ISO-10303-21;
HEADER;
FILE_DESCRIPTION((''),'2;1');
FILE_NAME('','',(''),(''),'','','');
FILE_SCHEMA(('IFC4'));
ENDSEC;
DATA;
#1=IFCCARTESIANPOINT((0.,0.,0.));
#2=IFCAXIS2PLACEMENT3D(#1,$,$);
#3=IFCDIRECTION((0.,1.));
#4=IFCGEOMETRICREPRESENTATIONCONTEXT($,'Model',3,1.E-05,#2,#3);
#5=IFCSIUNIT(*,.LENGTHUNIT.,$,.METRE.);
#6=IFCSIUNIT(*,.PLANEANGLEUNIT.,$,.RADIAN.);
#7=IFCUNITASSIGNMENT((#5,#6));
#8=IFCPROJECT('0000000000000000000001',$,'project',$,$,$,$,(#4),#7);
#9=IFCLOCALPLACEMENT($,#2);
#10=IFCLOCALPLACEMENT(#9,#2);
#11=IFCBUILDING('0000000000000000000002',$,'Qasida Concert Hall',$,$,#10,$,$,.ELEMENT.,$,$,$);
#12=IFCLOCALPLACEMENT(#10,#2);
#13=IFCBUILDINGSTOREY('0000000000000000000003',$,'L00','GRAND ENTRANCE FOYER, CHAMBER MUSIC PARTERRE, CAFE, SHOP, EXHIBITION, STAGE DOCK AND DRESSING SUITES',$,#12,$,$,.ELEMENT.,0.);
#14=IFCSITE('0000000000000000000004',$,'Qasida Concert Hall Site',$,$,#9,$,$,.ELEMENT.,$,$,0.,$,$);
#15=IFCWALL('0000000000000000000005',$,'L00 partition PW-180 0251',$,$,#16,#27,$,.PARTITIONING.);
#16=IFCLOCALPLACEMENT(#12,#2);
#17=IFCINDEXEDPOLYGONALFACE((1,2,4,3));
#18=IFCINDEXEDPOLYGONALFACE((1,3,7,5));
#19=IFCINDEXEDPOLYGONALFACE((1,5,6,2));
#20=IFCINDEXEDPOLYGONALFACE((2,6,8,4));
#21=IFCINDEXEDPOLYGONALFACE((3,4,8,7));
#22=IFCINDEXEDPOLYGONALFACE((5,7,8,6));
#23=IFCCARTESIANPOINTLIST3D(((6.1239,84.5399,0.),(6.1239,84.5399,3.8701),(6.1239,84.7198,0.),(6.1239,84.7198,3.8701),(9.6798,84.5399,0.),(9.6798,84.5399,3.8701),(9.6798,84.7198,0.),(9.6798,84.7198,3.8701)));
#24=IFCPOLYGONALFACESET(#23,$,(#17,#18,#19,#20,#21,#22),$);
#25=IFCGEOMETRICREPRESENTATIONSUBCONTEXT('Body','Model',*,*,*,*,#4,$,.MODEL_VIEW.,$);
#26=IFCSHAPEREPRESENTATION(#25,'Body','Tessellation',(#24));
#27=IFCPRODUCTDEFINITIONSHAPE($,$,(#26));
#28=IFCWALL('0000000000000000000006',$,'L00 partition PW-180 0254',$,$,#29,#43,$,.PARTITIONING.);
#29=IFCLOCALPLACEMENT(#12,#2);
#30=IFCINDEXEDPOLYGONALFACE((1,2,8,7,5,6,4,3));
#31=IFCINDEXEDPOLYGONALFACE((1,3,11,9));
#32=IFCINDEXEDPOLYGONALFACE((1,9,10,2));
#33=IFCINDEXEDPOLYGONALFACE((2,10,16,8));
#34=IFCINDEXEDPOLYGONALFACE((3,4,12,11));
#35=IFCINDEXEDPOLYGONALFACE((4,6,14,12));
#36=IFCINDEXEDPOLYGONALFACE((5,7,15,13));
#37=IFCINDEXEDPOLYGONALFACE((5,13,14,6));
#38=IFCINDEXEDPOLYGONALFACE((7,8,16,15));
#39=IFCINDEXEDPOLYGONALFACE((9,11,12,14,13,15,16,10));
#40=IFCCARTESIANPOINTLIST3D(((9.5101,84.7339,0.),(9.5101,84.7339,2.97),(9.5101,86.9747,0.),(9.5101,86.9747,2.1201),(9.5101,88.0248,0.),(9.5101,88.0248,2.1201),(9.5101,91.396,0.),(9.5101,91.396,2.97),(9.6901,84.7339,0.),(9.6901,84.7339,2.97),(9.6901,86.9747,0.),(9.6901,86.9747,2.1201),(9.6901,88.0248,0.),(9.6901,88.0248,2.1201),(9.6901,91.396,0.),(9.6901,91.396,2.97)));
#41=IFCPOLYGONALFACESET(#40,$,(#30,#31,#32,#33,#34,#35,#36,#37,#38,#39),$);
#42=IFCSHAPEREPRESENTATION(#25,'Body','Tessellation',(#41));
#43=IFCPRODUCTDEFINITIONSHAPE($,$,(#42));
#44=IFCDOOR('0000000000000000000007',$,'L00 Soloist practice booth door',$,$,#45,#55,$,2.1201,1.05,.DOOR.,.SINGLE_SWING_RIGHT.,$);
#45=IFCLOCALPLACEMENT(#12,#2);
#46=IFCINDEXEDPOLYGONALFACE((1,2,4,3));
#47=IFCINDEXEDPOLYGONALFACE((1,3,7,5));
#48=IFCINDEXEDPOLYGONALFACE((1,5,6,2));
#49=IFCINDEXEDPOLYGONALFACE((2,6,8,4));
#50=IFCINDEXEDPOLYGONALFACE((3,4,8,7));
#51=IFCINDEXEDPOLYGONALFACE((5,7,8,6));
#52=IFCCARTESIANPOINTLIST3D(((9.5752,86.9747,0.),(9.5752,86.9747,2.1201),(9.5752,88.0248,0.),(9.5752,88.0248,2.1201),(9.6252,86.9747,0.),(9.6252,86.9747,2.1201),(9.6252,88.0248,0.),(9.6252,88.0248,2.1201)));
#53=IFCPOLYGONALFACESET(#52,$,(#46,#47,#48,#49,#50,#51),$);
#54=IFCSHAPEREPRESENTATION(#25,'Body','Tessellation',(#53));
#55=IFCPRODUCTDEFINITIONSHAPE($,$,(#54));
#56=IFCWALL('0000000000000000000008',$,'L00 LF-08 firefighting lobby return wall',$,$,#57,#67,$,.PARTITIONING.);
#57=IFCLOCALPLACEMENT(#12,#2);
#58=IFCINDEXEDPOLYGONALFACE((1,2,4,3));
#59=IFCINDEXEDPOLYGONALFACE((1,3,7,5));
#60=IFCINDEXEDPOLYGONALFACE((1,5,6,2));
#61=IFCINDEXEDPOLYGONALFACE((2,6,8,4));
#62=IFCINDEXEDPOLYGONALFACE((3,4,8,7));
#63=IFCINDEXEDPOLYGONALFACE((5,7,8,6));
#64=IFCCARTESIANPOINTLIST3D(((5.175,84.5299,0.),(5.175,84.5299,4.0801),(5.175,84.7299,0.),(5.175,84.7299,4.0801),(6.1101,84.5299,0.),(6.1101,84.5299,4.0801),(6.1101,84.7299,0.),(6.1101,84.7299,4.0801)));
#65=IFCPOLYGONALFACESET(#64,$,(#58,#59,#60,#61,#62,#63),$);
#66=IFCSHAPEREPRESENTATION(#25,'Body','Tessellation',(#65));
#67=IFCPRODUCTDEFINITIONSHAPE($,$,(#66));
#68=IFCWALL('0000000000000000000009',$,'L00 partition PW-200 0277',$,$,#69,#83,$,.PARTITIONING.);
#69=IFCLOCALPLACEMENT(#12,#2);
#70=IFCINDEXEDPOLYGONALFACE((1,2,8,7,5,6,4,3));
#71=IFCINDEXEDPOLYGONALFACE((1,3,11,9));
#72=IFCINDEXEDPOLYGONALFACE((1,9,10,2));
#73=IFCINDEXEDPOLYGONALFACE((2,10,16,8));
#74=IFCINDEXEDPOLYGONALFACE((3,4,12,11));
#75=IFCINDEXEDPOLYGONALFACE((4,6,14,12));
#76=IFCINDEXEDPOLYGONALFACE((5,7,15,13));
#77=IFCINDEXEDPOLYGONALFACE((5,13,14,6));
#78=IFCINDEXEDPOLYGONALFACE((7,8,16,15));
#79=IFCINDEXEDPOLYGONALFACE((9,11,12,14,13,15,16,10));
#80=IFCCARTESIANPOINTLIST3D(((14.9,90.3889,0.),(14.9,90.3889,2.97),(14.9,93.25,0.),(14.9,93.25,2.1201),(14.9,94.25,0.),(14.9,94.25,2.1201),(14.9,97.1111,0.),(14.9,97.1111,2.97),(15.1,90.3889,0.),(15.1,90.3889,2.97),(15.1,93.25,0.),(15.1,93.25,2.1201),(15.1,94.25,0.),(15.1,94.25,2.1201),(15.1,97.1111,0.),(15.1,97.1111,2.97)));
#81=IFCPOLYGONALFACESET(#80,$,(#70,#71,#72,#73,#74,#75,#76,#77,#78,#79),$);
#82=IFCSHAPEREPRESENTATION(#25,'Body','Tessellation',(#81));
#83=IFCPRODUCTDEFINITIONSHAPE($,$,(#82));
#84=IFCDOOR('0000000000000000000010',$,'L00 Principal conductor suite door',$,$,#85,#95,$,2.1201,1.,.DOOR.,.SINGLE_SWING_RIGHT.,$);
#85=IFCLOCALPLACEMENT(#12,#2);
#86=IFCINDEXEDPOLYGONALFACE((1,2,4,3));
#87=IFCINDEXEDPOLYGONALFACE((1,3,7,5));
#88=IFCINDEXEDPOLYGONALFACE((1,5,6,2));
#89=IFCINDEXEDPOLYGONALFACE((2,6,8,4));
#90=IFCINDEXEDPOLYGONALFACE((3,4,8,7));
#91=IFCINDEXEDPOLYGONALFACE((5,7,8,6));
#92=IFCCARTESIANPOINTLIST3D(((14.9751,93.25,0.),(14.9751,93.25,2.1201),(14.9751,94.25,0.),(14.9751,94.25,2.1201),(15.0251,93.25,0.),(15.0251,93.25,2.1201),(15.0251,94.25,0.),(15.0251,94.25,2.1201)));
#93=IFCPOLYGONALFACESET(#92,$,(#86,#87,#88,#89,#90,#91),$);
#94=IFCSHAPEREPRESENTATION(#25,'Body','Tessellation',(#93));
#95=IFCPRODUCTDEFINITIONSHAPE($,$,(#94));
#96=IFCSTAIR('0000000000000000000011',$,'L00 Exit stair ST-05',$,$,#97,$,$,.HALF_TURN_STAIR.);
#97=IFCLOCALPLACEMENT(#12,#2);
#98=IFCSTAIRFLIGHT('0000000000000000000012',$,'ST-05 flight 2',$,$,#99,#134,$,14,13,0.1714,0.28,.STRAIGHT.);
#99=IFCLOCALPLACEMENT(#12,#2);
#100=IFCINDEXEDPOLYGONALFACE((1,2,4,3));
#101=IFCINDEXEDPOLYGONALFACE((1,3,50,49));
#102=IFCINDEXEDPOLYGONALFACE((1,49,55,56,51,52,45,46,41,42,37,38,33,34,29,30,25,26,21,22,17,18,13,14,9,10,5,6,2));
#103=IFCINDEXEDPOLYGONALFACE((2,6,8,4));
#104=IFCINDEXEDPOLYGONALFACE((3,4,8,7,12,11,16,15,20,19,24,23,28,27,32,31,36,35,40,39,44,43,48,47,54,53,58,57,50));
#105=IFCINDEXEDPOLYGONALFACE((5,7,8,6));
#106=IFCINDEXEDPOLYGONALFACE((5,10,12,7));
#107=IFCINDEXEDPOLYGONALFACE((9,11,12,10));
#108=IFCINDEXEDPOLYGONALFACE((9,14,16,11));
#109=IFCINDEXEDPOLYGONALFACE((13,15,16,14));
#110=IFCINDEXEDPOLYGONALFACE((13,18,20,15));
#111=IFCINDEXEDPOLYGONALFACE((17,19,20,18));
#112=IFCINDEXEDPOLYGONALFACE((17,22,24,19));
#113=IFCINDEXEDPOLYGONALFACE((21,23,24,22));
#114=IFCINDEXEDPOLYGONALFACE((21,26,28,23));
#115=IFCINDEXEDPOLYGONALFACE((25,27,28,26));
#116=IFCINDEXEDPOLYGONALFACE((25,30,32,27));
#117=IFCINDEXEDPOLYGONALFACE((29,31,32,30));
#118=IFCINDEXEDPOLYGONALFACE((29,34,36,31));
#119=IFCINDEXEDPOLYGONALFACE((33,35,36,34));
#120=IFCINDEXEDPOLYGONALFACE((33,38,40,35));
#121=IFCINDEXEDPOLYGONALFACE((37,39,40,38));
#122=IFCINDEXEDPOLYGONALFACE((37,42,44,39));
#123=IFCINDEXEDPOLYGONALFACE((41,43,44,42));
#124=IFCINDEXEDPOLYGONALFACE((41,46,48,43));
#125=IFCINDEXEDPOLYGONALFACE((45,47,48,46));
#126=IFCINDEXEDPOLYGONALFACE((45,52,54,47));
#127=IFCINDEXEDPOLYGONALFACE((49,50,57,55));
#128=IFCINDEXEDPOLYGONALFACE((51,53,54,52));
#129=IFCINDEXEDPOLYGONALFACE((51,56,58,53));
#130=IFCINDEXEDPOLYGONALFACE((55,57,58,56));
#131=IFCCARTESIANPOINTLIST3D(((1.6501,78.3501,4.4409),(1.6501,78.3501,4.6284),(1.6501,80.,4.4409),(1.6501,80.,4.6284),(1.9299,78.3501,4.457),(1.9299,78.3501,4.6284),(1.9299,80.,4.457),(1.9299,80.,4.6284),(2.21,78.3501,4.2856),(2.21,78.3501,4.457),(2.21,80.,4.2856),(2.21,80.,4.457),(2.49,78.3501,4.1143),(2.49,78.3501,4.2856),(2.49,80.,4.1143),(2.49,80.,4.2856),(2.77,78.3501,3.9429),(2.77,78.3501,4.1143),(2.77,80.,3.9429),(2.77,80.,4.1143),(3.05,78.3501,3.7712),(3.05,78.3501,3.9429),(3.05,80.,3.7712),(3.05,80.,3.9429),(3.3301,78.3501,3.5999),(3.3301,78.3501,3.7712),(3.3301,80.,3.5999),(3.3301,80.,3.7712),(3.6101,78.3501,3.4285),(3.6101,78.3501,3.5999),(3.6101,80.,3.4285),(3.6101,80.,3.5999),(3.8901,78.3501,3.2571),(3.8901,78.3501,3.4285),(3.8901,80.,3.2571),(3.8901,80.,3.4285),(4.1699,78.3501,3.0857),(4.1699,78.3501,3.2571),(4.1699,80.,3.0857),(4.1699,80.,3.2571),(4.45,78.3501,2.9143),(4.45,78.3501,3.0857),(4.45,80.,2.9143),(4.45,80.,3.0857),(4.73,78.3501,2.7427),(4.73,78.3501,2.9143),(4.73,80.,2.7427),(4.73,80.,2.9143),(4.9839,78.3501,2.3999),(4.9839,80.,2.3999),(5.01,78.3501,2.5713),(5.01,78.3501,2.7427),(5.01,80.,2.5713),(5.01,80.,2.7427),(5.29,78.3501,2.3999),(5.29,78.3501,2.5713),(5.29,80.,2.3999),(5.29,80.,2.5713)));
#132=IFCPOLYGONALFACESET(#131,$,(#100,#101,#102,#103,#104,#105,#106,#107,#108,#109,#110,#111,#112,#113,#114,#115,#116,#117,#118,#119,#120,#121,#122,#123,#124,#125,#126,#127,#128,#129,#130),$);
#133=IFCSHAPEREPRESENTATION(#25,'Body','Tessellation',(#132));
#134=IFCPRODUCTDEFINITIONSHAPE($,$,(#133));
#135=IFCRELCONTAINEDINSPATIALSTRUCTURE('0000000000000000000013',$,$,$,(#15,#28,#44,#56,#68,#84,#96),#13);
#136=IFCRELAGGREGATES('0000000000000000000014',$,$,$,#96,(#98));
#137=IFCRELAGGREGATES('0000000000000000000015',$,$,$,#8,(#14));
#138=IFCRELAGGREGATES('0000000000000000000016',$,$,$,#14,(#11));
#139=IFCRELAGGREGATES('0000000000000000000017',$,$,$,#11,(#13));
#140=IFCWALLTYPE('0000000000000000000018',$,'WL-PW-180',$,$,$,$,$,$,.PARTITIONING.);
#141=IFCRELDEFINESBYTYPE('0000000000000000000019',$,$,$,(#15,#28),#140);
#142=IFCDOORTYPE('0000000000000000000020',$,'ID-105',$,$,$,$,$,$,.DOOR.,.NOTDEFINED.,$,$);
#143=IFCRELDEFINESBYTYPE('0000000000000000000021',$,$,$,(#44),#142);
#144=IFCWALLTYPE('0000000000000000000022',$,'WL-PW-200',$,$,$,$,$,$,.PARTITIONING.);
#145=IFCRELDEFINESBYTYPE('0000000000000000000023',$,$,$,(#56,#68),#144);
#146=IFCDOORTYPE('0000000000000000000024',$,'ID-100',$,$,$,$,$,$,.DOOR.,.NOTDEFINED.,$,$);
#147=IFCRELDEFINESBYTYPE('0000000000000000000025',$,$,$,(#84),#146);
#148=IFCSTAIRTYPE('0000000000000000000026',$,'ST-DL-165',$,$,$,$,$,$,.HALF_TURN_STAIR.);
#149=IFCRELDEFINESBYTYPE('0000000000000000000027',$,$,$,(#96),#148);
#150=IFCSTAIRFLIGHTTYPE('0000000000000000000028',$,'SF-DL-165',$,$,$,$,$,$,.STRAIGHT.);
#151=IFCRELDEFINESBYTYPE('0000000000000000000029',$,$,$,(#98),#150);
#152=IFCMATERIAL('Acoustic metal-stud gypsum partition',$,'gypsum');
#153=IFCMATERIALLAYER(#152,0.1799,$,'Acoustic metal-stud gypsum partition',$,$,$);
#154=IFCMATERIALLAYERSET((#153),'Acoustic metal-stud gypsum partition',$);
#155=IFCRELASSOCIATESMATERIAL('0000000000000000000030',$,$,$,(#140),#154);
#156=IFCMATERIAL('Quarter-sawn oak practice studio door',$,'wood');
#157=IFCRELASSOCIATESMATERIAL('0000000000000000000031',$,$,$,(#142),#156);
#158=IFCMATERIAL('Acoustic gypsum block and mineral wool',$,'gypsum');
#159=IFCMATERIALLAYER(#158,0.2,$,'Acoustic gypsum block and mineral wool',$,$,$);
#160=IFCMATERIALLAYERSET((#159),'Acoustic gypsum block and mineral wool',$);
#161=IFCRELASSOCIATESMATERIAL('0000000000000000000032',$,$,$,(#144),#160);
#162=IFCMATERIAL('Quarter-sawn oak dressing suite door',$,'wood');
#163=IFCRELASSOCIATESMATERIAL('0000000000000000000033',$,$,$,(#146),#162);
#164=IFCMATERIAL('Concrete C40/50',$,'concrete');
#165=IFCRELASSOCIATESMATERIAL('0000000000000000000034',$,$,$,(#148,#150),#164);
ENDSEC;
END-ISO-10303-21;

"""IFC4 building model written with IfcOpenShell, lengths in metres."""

from ifc_helpers import new_model, si_unit, direction, frame, frame_2d, origin, place, context, subcontext, project, spatial, polyline, rectangle, outline, extrude, material, layer, layer_set, type_object, element, fill, aggregate, save


model = new_model("IFC4")

# Units and contexts
model_context = context("Model", 3, precision=1e-05, world=origin(), true_north=direction((0.0, 1.0)))
body_context = subcontext(model_context, "Body", "Model", "MODEL_VIEW")
ifc_project = project(units=[si_unit("LENGTHUNIT", "METRE"), si_unit("PLANEANGLEUNIT", "RADIAN")], contexts=[model_context])

# Site, building, storey
site_placement = place(None, origin())
site = spatial("IfcSite", under=ifc_project, at=site_placement, Name="Qasida Concert Hall Site", CompositionType="ELEMENT", RefElevation=0.0)
building_placement = place(site_placement, origin())
building = spatial("IfcBuilding", under=site, at=building_placement, Name="Qasida Concert Hall", CompositionType="ELEMENT")
storey_placement = place(building_placement, origin())
storey = spatial("IfcBuildingStorey", under=building, at=storey_placement, Name="L00", Description="GRAND ENTRANCE FOYER, CHAMBER MUSIC PARTERRE, CAFE, SHOP, EXHIBITION, STAGE DOCK AND DRESSING SUITES", CompositionType="ELEMENT", Elevation=0.0)

# Shared definitions
ifc_material_1 = material(Name="Concrete C40/50", Category="concrete")

# Wall
ifc_material_2 = material(Name="Acoustic metal-stud gypsum partition", Category="gypsum")
ifc_layer_1 = layer(ifc_material_2, 0.1799, Name="Acoustic metal-stud gypsum partition")
ifc_layer_set_1 = layer_set([ifc_layer_1], Name="Acoustic metal-stud gypsum partition")
wall_type_1 = type_object("IfcWallType", Name="WL-PW-180", PredefinedType="PARTITIONING", material=ifc_layer_set_1)
wall_1_placement = place(storey_placement, frame((6.124, 84.6299, 0.0), z_axis=(0.0, 0.0, 1.0), x_axis=(1.0, 0.0, 0.0)))
element("IfcWall", 1, at=wall_1_placement, inside=storey, type_object=wall_type_1, Name="L00 partition PW-180 0251", PredefinedType="PARTITIONING", context=body_context, shape_type="SweptSolid", body=[
    extrude(rectangle(XDim=3.5559, YDim=0.1799, at=frame_2d((1.7778, 0.0))), origin(), (0.0, 0.0, 1.0), 3.8701),
])

# Wall, opening, door
wall_2_placement = place(storey_placement, frame((9.6001, 84.7339, 0.0), z_axis=(0.0, 0.0, 1.0), x_axis=(0.0, 1.0, 0.0)))
wall_2 = element("IfcWall", 2, at=wall_2_placement, inside=storey, type_object=wall_type_1, Name="L00 partition PW-180 0254", PredefinedType="PARTITIONING", context=body_context, shape_type="SweptSolid", body=[
    extrude(rectangle(XDim=6.6621, YDim=0.1799, at=frame_2d((3.3311, 0.0))), origin(), (0.0, 0.0, 1.0), 2.97),
])
opening_1_placement = place(wall_2_placement, frame((2.241, 0.0, 0.0)))
opening_1 = element("IfcOpeningElement", 3, at=opening_1_placement, cuts=wall_2, PredefinedType="OPENING", context=body_context, shape_type="SweptSolid", body=[
    extrude(rectangle(XDim=1.05, YDim=2.1201, at=frame_2d((0.5249, 1.0601))), frame((0.0, 0.0999, 0.0), z_axis=(0.0, -1.0, 0.0), x_axis=(1.0, 0.0, 0.0)), (0.0, 0.0, 1.0), 0.2),
])
ifc_material_3 = material(Name="Quarter-sawn oak practice studio door", Category="wood")
door_type_1 = type_object("IfcDoorType", Name="ID-105", OperationType="NOTDEFINED", PredefinedType="DOOR", material=ifc_material_3)
door_1_placement = place(opening_1_placement, origin())
door_1 = element("IfcDoor", 4, at=door_1_placement, inside=storey, type_object=door_type_1, Name="L00 Soloist practice booth door", OperationType="SINGLE_SWING_RIGHT", OverallHeight=2.1201, OverallWidth=1.05, PredefinedType="DOOR", context=body_context, shape_type="SweptSolid", body=[
    extrude(rectangle(XDim=1.05, YDim=2.1201, at=frame_2d((0.5249, 1.0601))), frame((0.0, 0.0249, 0.0), z_axis=(0.0, -1.0, 0.0), x_axis=(1.0, 0.0, 0.0)), (0.0, 0.0, 1.0), 0.05),
])
fill(opening_1, door_1)

# Wall
ifc_material_4 = material(Name="Acoustic gypsum block and mineral wool", Category="gypsum")
ifc_layer_2 = layer(ifc_material_4, 0.2, Name="Acoustic gypsum block and mineral wool")
ifc_layer_set_2 = layer_set([ifc_layer_2], Name="Acoustic gypsum block and mineral wool")
wall_type_2 = type_object("IfcWallType", Name="WL-PW-200", PredefinedType="PARTITIONING", material=ifc_layer_set_2)
wall_3_placement = place(storey_placement, frame((5.175, 84.6299, 0.0), z_axis=(0.0, 0.0, 1.0), x_axis=(1.0, 0.0, 0.0)))
element("IfcWall", 5, at=wall_3_placement, inside=storey, type_object=wall_type_2, Name="L00 LF-08 firefighting lobby return wall", PredefinedType="PARTITIONING", context=body_context, shape_type="SweptSolid", body=[
    extrude(rectangle(XDim=0.9351, YDim=0.2, at=frame_2d((0.4675, 0.0))), origin(), (0.0, 0.0, 1.0), 4.0801),
])

# Wall, opening, door
wall_4_placement = place(storey_placement, frame((15.0, 90.3889, 0.0), z_axis=(0.0, 0.0, 1.0), x_axis=(0.0, 1.0, 0.0)))
wall_4 = element("IfcWall", 6, at=wall_4_placement, inside=storey, type_object=wall_type_2, Name="L00 partition PW-200 0277", PredefinedType="PARTITIONING", context=body_context, shape_type="SweptSolid", body=[
    extrude(rectangle(XDim=6.7222, YDim=0.2, at=frame_2d((3.3611, 0.0))), origin(), (0.0, 0.0, 1.0), 2.97),
])
opening_2_placement = place(wall_4_placement, frame((2.8611, 0.0, 0.0)))
opening_2 = element("IfcOpeningElement", 7, at=opening_2_placement, cuts=wall_4, PredefinedType="OPENING", context=body_context, shape_type="SweptSolid", body=[
    extrude(rectangle(XDim=1.0, YDim=2.1201, at=frame_2d((0.5, 1.0601))), frame((0.0, 0.1099, 0.0), z_axis=(0.0, -1.0, 0.0), x_axis=(1.0, 0.0, 0.0)), (0.0, 0.0, 1.0), 0.22),
])
ifc_material_5 = material(Name="Quarter-sawn oak dressing suite door", Category="wood")
door_type_2 = type_object("IfcDoorType", Name="ID-100", OperationType="NOTDEFINED", PredefinedType="DOOR", material=ifc_material_5)
door_2_placement = place(opening_2_placement, origin())
door_2 = element("IfcDoor", 8, at=door_2_placement, inside=storey, type_object=door_type_2, Name="L00 Principal conductor suite door", OperationType="SINGLE_SWING_RIGHT", OverallHeight=2.1201, OverallWidth=1.0, PredefinedType="DOOR", context=body_context, shape_type="SweptSolid", body=[
    extrude(rectangle(XDim=1.0, YDim=2.1201, at=frame_2d((0.5, 1.0601))), frame((0.0, 0.0249, 0.0), z_axis=(0.0, -1.0, 0.0), x_axis=(1.0, 0.0, 0.0)), (0.0, 0.0, 1.0), 0.05),
])
fill(opening_2, door_2)

# Stair, stair flight
stair_type = type_object("IfcStairType", Name="ST-DL-165", PredefinedType="HALF_TURN_STAIR", material=ifc_material_1)
stair_placement = place(storey_placement, origin())
stair = element("IfcStair", 9, at=stair_placement, inside=storey, type_object=stair_type, Name="L00 Exit stair ST-05", PredefinedType="HALF_TURN_STAIR")
stair_flight_type = type_object("IfcStairFlightType", Name="SF-DL-165", PredefinedType="STRAIGHT", material=ifc_material_1)
stair_flight_placement = place(storey_placement, frame((5.29, 79.175, 2.3999), z_axis=(0.0, 0.0, 1.0), x_axis=(-1.0, 0.0, 0.0)))
stair_flight = element("IfcStairFlight", 10, at=stair_flight_placement, type_object=stair_flight_type, Name="ST-05 flight 2", NumberOfRisers=14, NumberOfTreads=13, PredefinedType="STRAIGHT", RiserHeight=0.1714, TreadLength=0.28, context=body_context, shape_type="SweptSolid", body=[
    extrude(outline(polyline([(0.0, 0.0), (0.0, 0.1714), (0.28, 0.1714), (0.28, 0.3428), (0.5601, 0.3428), (0.5601, 0.5144), (0.8401, 0.5144), (0.8401, 0.6858), (1.1201, 0.6858), (1.1201, 0.8572), (1.3999, 0.8572), (1.3999, 1.0286), (1.6799, 1.0286), (1.6799, 1.2), (1.96, 1.2), (1.96, 1.3713), (2.24, 1.3713), (2.24, 1.543), (2.52, 1.543), (2.52, 1.7144), (2.8, 1.7144), (2.8, 1.8857), (3.0801, 1.8857), (3.0801, 2.0571), (3.3601, 2.0571), (3.3601, 2.2285), (3.6399, 2.2285), (3.6399, 2.3999), (3.6399, 2.041), (0.3062, 0.0), (0.0, 0.0)])), frame((0.0, 0.825, 0.0), z_axis=(0.0, -1.0, 0.0), x_axis=(1.0, 0.0, 0.0)), (0.0, 0.0, 1.0), 1.6499),
])
aggregate(stair, [stair_flight])

save(model, "model.ifc")
